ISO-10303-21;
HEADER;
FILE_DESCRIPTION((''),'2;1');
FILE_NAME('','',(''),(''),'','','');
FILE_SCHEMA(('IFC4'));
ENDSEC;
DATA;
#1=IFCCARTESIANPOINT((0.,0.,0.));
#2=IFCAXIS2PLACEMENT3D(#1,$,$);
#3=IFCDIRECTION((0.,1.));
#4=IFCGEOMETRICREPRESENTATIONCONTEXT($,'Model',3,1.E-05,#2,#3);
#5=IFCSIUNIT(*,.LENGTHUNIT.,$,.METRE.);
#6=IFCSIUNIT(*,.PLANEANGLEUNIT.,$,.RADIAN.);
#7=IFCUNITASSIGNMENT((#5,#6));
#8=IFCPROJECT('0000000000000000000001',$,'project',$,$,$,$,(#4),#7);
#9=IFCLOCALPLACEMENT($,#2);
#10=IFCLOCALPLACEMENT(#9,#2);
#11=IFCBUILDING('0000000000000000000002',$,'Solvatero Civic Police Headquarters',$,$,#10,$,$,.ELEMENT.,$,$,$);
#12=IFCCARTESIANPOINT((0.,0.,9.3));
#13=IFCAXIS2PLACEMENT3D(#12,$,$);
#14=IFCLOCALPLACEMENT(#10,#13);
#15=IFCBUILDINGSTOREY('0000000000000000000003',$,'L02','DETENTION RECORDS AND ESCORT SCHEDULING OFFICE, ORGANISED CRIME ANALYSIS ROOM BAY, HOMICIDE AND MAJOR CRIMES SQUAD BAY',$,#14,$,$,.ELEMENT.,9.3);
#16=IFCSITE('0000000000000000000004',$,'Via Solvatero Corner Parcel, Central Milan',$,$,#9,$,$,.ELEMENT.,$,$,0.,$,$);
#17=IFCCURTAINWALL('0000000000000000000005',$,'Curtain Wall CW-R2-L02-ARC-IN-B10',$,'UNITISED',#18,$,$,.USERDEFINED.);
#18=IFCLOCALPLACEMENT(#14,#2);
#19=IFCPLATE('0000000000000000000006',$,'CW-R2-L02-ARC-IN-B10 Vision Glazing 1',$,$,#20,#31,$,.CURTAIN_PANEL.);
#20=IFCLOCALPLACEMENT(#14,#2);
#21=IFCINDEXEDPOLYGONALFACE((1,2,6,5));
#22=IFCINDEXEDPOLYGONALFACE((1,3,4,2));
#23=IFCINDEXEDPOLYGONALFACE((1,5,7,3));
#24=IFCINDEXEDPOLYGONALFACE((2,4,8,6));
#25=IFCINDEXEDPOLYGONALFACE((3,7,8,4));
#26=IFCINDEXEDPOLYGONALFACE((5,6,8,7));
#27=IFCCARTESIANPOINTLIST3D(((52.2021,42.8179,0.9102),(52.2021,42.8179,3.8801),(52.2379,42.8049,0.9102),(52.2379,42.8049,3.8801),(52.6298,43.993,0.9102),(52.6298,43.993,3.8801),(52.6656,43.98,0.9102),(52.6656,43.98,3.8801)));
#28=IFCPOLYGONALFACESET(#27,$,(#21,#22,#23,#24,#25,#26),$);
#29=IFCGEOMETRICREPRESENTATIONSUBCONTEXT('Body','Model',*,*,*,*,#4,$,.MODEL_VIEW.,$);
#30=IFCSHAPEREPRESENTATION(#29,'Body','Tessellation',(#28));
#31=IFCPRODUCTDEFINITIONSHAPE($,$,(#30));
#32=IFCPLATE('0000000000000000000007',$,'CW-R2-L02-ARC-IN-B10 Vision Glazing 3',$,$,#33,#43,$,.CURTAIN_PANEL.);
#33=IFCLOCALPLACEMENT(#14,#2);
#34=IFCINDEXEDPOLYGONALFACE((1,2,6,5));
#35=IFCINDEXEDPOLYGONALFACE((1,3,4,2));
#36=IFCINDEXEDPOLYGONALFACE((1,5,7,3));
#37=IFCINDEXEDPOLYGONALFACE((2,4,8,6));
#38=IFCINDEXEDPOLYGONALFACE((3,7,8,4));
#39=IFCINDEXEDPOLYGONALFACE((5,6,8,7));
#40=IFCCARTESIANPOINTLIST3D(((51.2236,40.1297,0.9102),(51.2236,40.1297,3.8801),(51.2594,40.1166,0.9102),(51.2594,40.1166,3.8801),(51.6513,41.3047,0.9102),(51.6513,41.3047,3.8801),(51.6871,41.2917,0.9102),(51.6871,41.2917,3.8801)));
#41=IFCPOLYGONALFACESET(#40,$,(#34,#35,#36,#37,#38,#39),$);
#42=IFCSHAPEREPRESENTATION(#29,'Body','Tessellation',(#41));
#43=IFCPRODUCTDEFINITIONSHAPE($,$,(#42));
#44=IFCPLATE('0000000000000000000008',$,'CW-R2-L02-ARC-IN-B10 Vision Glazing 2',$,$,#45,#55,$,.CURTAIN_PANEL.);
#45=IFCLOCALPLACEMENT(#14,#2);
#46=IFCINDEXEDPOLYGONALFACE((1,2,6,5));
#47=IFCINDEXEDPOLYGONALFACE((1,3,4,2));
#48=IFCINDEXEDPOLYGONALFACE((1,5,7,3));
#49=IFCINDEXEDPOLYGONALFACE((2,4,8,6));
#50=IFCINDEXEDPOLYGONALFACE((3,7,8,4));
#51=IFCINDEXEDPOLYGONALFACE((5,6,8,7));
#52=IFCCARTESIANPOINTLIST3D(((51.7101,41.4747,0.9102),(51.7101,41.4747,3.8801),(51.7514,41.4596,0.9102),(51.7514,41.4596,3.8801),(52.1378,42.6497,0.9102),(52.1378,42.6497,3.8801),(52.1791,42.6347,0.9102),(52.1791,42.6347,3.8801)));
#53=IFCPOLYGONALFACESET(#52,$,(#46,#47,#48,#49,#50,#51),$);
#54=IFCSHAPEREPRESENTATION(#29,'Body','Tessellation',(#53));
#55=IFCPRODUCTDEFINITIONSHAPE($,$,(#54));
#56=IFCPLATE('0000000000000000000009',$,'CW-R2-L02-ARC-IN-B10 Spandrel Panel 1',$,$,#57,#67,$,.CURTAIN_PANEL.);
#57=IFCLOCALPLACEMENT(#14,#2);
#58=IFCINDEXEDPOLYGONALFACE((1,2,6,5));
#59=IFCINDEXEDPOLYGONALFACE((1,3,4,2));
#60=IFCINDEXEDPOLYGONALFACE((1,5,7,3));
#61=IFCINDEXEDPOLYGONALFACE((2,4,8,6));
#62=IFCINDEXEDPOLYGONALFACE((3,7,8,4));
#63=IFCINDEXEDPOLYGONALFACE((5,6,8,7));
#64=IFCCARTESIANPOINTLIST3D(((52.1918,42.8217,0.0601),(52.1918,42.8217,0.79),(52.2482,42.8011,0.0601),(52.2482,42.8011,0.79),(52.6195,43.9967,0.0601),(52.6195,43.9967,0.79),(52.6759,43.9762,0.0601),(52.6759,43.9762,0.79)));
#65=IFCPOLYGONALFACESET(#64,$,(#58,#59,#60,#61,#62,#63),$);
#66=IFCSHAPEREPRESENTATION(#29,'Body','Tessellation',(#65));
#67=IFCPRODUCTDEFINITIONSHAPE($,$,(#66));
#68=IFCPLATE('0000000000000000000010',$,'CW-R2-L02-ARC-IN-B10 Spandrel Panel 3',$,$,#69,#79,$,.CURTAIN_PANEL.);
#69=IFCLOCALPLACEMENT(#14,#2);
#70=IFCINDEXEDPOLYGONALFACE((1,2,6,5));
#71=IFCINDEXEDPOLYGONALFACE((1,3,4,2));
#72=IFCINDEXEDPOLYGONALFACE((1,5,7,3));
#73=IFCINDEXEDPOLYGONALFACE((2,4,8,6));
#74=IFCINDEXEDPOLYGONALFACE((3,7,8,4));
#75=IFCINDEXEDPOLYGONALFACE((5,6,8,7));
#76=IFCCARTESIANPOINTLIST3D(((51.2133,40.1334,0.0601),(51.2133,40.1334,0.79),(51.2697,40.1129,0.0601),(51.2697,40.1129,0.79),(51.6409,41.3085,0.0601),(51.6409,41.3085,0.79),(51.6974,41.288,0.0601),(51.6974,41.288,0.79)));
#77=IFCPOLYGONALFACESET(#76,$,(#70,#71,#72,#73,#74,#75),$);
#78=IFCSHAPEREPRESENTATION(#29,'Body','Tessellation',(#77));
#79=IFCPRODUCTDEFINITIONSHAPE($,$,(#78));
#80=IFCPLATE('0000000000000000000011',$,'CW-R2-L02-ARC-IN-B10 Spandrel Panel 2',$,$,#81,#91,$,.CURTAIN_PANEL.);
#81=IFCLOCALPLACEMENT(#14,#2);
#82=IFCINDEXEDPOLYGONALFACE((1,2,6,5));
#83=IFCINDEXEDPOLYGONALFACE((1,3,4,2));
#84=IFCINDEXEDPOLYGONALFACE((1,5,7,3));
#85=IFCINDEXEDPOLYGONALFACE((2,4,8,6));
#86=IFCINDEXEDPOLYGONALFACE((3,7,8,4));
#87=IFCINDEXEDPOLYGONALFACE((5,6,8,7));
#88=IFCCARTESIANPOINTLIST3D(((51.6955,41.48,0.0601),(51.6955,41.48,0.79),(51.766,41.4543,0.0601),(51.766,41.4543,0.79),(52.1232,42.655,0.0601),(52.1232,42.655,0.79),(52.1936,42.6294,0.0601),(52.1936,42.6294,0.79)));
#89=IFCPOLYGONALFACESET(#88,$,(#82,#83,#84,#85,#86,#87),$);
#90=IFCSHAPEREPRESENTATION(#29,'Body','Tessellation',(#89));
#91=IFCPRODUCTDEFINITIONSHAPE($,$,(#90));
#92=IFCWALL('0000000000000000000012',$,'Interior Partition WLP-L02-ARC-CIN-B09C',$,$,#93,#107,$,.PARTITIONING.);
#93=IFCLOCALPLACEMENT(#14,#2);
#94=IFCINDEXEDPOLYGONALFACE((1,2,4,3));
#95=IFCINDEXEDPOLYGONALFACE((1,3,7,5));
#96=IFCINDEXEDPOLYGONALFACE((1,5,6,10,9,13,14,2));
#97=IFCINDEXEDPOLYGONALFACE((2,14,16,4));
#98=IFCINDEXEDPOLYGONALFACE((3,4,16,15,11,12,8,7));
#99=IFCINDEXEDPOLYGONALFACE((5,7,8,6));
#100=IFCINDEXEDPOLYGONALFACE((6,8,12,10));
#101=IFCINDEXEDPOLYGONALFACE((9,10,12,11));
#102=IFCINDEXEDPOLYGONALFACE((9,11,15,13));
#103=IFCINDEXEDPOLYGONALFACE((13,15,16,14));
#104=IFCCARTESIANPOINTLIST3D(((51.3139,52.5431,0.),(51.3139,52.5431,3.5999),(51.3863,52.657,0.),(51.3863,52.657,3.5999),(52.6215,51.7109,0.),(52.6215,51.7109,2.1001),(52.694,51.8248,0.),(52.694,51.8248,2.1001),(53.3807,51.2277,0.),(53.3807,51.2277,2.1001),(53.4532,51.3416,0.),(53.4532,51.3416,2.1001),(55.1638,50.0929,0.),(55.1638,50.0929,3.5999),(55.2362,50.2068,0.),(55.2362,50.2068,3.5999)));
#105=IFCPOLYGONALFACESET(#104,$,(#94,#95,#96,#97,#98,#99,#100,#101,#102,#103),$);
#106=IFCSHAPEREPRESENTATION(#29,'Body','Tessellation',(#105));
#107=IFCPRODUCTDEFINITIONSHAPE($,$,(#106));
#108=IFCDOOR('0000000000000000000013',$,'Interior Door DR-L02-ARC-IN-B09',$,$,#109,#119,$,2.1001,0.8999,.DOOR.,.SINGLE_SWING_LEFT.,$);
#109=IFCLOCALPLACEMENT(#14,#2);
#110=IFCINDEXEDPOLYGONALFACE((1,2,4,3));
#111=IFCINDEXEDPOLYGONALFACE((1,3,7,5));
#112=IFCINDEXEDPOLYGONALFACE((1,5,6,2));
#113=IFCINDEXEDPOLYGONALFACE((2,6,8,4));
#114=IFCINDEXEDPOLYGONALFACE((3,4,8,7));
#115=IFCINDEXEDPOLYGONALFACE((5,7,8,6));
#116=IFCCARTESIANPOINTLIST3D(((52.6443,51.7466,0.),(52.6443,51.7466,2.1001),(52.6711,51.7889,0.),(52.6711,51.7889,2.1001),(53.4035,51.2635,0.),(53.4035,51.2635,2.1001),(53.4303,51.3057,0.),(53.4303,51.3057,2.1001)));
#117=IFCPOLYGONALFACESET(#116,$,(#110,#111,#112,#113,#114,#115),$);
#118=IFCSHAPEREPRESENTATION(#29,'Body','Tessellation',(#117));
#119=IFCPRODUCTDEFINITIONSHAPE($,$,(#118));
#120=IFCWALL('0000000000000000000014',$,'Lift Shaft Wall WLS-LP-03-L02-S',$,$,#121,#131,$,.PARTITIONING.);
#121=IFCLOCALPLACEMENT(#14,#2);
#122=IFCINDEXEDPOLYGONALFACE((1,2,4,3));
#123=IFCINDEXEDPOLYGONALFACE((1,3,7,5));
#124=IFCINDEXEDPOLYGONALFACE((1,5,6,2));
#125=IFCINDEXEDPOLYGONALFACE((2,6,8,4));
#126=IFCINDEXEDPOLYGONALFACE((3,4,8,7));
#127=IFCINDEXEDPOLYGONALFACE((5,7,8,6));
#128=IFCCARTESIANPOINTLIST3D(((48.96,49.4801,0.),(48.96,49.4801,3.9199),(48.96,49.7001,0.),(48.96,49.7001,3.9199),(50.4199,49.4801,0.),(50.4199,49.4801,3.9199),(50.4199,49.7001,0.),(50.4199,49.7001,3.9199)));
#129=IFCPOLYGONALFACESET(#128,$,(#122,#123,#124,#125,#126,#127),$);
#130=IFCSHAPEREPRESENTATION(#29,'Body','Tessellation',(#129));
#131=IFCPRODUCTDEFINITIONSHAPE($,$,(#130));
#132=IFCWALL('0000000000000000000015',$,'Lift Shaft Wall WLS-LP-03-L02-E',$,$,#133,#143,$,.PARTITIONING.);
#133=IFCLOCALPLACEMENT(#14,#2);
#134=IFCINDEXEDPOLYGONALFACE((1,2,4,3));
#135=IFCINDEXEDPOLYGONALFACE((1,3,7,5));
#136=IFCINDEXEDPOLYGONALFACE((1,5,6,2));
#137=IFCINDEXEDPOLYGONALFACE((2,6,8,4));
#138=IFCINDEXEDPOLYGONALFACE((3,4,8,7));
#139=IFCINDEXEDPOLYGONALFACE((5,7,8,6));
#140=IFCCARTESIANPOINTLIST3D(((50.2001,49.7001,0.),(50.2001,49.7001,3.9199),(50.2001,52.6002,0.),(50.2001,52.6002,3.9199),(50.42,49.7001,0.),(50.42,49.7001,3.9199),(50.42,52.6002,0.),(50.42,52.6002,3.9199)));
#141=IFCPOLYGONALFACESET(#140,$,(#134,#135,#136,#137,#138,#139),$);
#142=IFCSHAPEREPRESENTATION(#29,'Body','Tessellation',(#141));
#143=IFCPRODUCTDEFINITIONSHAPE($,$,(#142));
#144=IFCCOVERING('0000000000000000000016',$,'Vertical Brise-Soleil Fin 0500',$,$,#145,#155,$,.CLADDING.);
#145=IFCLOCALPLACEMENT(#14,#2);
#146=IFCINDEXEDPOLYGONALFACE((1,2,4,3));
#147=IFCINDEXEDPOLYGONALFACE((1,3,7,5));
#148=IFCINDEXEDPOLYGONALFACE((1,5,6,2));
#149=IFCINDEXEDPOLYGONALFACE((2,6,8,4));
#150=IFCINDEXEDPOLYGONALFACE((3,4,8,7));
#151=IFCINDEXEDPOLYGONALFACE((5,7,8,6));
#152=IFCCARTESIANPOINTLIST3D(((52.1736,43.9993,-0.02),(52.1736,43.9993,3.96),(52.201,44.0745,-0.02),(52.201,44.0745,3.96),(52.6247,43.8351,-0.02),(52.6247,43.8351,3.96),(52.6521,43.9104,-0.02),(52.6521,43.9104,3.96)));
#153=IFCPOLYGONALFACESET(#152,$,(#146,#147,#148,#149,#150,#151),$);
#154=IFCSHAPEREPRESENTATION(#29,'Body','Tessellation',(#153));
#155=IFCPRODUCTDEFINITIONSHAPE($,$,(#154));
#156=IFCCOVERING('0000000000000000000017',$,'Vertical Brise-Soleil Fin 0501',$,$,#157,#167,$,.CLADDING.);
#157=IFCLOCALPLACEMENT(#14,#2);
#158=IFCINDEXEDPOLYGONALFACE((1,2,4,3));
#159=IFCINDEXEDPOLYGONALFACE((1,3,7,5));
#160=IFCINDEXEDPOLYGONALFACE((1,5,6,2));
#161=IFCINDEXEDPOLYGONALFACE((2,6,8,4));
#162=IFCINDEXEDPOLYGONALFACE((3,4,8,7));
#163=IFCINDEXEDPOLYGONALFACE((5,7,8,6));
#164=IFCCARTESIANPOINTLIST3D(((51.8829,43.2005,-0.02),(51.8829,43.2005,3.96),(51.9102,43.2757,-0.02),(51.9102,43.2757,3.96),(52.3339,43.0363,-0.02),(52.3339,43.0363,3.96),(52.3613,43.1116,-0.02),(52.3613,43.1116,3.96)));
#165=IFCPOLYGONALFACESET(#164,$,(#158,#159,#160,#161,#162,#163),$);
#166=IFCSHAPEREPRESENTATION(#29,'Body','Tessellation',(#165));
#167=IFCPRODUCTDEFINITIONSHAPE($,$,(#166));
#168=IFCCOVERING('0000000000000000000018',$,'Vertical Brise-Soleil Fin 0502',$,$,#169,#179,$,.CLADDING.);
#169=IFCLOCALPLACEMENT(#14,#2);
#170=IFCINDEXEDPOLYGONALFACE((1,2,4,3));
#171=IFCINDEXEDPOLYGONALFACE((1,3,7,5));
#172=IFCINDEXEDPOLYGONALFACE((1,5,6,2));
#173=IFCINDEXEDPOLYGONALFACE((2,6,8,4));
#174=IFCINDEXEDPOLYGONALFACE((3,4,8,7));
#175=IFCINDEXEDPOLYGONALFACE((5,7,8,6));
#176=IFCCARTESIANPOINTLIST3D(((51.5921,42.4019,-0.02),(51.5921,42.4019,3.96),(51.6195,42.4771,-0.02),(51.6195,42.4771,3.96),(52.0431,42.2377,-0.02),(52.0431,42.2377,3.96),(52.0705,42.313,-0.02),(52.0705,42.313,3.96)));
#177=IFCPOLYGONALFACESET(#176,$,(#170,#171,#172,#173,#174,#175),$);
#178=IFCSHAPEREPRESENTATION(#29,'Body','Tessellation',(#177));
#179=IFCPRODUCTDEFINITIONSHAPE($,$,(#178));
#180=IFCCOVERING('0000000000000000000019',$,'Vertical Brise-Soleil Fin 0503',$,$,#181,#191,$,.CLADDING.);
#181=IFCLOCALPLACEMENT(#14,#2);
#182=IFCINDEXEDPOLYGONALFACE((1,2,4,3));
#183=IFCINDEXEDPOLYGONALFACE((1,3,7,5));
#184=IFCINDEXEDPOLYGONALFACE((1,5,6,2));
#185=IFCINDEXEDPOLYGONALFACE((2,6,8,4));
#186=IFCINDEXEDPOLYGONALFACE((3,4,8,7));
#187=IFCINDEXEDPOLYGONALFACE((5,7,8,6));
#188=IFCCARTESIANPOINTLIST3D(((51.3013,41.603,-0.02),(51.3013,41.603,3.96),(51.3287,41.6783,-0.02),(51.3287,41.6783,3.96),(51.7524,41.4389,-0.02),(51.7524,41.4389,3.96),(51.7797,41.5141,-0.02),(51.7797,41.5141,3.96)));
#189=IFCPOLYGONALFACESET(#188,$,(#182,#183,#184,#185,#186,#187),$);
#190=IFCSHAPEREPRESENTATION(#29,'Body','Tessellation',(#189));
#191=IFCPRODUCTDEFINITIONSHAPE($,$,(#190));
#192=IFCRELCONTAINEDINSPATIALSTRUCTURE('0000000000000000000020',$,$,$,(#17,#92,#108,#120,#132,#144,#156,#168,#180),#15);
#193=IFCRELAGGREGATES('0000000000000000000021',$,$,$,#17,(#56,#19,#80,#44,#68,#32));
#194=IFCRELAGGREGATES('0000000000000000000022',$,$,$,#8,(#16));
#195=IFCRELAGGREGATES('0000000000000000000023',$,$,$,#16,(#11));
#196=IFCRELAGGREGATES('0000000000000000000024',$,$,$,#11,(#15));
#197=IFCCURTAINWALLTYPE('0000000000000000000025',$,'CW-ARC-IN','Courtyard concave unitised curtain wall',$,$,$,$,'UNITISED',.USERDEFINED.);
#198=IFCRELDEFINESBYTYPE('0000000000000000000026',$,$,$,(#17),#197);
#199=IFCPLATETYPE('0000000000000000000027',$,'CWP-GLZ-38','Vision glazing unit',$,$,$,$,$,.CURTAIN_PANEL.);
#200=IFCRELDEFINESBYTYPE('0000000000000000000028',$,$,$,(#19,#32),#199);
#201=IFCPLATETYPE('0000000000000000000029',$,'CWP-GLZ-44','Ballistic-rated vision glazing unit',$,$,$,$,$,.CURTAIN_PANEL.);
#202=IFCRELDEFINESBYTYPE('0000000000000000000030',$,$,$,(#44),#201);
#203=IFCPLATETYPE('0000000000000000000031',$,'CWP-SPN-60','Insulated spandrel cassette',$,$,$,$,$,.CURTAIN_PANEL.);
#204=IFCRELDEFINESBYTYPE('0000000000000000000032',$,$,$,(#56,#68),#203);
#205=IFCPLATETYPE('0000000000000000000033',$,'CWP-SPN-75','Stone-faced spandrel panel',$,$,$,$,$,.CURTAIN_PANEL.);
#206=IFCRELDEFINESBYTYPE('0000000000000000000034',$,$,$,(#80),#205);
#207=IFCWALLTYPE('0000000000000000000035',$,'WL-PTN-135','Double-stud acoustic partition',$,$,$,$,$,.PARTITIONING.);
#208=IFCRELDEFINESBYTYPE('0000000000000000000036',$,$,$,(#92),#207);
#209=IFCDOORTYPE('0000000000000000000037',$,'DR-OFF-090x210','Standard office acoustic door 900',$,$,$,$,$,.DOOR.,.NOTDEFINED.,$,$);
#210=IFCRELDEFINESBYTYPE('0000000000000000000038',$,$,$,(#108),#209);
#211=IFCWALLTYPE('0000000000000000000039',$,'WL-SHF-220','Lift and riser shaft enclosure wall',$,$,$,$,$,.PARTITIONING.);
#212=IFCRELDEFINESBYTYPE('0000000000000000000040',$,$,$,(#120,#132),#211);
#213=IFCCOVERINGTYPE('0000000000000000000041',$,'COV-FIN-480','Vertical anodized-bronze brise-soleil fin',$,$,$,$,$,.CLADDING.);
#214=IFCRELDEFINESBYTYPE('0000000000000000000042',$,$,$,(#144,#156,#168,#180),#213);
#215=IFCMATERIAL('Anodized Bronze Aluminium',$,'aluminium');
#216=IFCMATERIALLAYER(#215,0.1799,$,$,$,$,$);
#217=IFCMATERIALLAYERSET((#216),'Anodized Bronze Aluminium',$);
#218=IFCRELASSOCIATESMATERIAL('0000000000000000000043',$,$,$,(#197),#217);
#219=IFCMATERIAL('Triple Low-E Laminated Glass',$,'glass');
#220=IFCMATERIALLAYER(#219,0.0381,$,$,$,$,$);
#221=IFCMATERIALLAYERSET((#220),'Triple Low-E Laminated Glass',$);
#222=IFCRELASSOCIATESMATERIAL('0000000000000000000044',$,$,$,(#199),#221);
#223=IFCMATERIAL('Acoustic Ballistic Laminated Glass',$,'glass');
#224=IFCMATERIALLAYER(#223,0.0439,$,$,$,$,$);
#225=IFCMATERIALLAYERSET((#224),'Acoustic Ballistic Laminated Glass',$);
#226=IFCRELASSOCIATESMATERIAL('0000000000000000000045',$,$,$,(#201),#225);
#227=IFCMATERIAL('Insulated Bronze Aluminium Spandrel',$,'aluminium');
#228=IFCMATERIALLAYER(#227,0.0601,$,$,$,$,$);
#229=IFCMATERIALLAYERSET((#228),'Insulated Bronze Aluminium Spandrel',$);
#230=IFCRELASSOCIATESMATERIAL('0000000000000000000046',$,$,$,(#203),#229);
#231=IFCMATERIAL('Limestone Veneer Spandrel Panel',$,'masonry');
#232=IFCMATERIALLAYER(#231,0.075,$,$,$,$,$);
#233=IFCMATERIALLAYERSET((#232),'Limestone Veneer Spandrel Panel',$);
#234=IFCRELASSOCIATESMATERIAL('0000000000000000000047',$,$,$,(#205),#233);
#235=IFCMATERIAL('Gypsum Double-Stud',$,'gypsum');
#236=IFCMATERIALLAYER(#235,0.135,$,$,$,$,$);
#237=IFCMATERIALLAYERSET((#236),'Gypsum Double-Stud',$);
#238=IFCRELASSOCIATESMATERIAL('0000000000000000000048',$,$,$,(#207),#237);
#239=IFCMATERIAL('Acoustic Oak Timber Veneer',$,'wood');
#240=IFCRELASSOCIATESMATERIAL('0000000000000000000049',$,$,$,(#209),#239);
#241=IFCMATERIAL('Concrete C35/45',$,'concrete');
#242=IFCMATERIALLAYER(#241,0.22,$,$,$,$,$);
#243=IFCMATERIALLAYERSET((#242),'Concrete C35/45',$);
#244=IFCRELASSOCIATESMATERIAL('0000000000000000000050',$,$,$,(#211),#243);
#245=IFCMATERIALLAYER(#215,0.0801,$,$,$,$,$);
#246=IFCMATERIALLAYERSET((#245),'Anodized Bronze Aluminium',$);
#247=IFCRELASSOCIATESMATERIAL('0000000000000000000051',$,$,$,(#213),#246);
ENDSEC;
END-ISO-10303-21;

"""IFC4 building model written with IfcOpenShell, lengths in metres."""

from ifc_helpers import new_model, si_unit, direction, frame, frame_2d, origin, origin_2d, place, context, subcontext, project, spatial, rectangle, extrude, material, layer, layer_set, type_object, element, fill, aggregate, save


model = new_model("IFC4")

# Units and contexts
model_context = context("Model", 3, precision=1e-05, world=origin(), true_north=direction((0.0, 1.0)))
body_context = subcontext(model_context, "Body", "Model", "MODEL_VIEW")
ifc_project = project(units=[si_unit("LENGTHUNIT", "METRE"), si_unit("PLANEANGLEUNIT", "RADIAN")], contexts=[model_context])

# Site, building, storey
site_placement = place(None, origin())
site = spatial("IfcSite", under=ifc_project, at=site_placement, Name="Via Solvatero Corner Parcel, Central Milan", CompositionType="ELEMENT", RefElevation=0.0)
building_placement = place(site_placement, origin())
building = spatial("IfcBuilding", under=site, at=building_placement, Name="Solvatero Civic Police Headquarters", CompositionType="ELEMENT")
storey_placement = place(building_placement, frame((0.0, 0.0, 9.3)))
storey = spatial("IfcBuildingStorey", under=building, at=storey_placement, Name="L02", Description="DETENTION RECORDS AND ESCORT SCHEDULING OFFICE, ORGANISED CRIME ANALYSIS ROOM BAY, HOMICIDE AND MAJOR CRIMES SQUAD BAY", CompositionType="ELEMENT", Elevation=9.3)

# Curtain wall, plates
ifc_material_1 = material(Name="Anodized Bronze Aluminium", Category="aluminium")
ifc_layer_1 = layer(ifc_material_1, 0.1799)
ifc_layer_set_1 = layer_set([ifc_layer_1], Name="Anodized Bronze Aluminium")
curtain_wall_type = type_object("IfcCurtainWallType", Name="CW-ARC-IN", Description="Courtyard concave unitised curtain wall", ElementType="UNITISED", PredefinedType="USERDEFINED", material=ifc_layer_set_1)
curtain_wall_placement = place(storey_placement, origin())
curtain_wall = element("IfcCurtainWall", 1, at=curtain_wall_placement, inside=storey, type_object=curtain_wall_type, Name="Curtain Wall CW-R2-L02-ARC-IN-B10", ObjectType="UNITISED", PredefinedType="USERDEFINED")
ifc_material_2 = material(Name="Triple Low-E Laminated Glass", Category="glass")
ifc_layer_2 = layer(ifc_material_2, 0.0381)
ifc_layer_set_2 = layer_set([ifc_layer_2], Name="Triple Low-E Laminated Glass")
plate_type_1 = type_object("IfcPlateType", Name="CWP-GLZ-38", Description="Vision glazing unit", PredefinedType="CURTAIN_PANEL", material=ifc_layer_set_2)
plate_1_placement = place(storey_placement, frame((52.4338, 43.3989, 0.9102), z_axis=(0.0, 0.0, 1.0), x_axis=(-0.342004, -0.939699, 0.0)))
plate_1 = element("IfcPlate", 2, at=plate_1_placement, type_object=plate_type_1, Name="CW-R2-L02-ARC-IN-B10 Vision Glazing 1", PredefinedType="CURTAIN_PANEL", context=body_context, shape_type="SweptSolid", body=[
    extrude(rectangle(XDim=1.2505, YDim=0.0381, at=origin_2d()), origin(), (0.0, 0.0, 1.0), 2.97),
])
plate_2_placement = place(storey_placement, frame((51.4553, 40.7107, 0.9102), z_axis=(0.0, 0.0, 1.0), x_axis=(-0.342004, -0.939699, 0.0)))
plate_2 = element("IfcPlate", 3, at=plate_2_placement, type_object=plate_type_1, Name="CW-R2-L02-ARC-IN-B10 Vision Glazing 3", PredefinedType="CURTAIN_PANEL", context=body_context, shape_type="SweptSolid", body=[
    extrude(rectangle(XDim=1.2505, YDim=0.0381, at=origin_2d()), origin(), (0.0, 0.0, 1.0), 2.97),
])
ifc_material_3 = material(Name="Acoustic Ballistic Laminated Glass", Category="glass")
ifc_layer_3 = layer(ifc_material_3, 0.0439)
ifc_layer_set_3 = layer_set([ifc_layer_3], Name="Acoustic Ballistic Laminated Glass")
plate_type_2 = type_object("IfcPlateType", Name="CWP-GLZ-44", Description="Ballistic-rated vision glazing unit", PredefinedType="CURTAIN_PANEL", material=ifc_layer_set_3)
plate_3_placement = place(storey_placement, frame((51.9446, 42.0547, 0.9102), z_axis=(0.0, 0.0, 1.0), x_axis=(-0.342004, -0.939699, 0.0)))
plate_3 = element("IfcPlate", 4, at=plate_3_placement, type_object=plate_type_2, Name="CW-R2-L02-ARC-IN-B10 Vision Glazing 2", PredefinedType="CURTAIN_PANEL", context=body_context, shape_type="SweptSolid", body=[
    extrude(rectangle(XDim=1.2505, YDim=0.0439, at=origin_2d()), origin(), (0.0, 0.0, 1.0), 2.97),
])
ifc_material_4 = material(Name="Insulated Bronze Aluminium Spandrel", Category="aluminium")
ifc_layer_4 = layer(ifc_material_4, 0.0601)
ifc_layer_set_4 = layer_set([ifc_layer_4], Name="Insulated Bronze Aluminium Spandrel")
plate_type_3 = type_object("IfcPlateType", Name="CWP-SPN-60", Description="Insulated spandrel cassette", PredefinedType="CURTAIN_PANEL", material=ifc_layer_set_4)
plate_4_placement = place(storey_placement, frame((52.4338, 43.3989, 0.0601), z_axis=(0.0, 0.0, 1.0), x_axis=(-0.342004, -0.939699, 0.0)))
plate_4 = element("IfcPlate", 5, at=plate_4_placement, type_object=plate_type_3, Name="CW-R2-L02-ARC-IN-B10 Spandrel Panel 1", PredefinedType="CURTAIN_PANEL", context=body_context, shape_type="SweptSolid", body=[
    extrude(rectangle(XDim=1.2505, YDim=0.0601, at=origin_2d()), origin(), (0.0, 0.0, 1.0), 0.73),
])
plate_5_placement = place(storey_placement, frame((51.4553, 40.7107, 0.0601), z_axis=(0.0, 0.0, 1.0), x_axis=(-0.342004, -0.939699, 0.0)))
plate_5 = element("IfcPlate", 6, at=plate_5_placement, type_object=plate_type_3, Name="CW-R2-L02-ARC-IN-B10 Spandrel Panel 3", PredefinedType="CURTAIN_PANEL", context=body_context, shape_type="SweptSolid", body=[
    extrude(rectangle(XDim=1.2505, YDim=0.0601, at=origin_2d()), origin(), (0.0, 0.0, 1.0), 0.73),
])
ifc_material_5 = material(Name="Limestone Veneer Spandrel Panel", Category="masonry")
ifc_layer_5 = layer(ifc_material_5, 0.075)
ifc_layer_set_5 = layer_set([ifc_layer_5], Name="Limestone Veneer Spandrel Panel")
plate_type_4 = type_object("IfcPlateType", Name="CWP-SPN-75", Description="Stone-faced spandrel panel", PredefinedType="CURTAIN_PANEL", material=ifc_layer_set_5)
plate_6_placement = place(storey_placement, frame((51.9446, 42.0547, 0.0601), z_axis=(0.0, 0.0, 1.0), x_axis=(-0.342004, -0.939699, 0.0)))
plate_6 = element("IfcPlate", 7, at=plate_6_placement, type_object=plate_type_4, Name="CW-R2-L02-ARC-IN-B10 Spandrel Panel 2", PredefinedType="CURTAIN_PANEL", context=body_context, shape_type="SweptSolid", body=[
    extrude(rectangle(XDim=1.2505, YDim=0.075, at=origin_2d()), origin(), (0.0, 0.0, 1.0), 0.73),
])
aggregate(curtain_wall, [plate_4, plate_1, plate_6, plate_3, plate_5, plate_2])

# Wall, opening, door
ifc_material_6 = material(Name="Gypsum Double-Stud", Category="gypsum")
ifc_layer_6 = layer(ifc_material_6, 0.135)
ifc_layer_set_6 = layer_set([ifc_layer_6], Name="Gypsum Double-Stud")
wall_type_1 = type_object("IfcWallType", Name="WL-PTN-135", Description="Double-stud acoustic partition", PredefinedType="PARTITIONING", material=ifc_layer_set_6)
wall_1_placement = place(storey_placement, frame((51.3501, 52.6001, 0.0), z_axis=(0.0, 0.0, 1.0), x_axis=(0.843633, -0.53692, 0.0)))
wall_1 = element("IfcWall", 8, at=wall_1_placement, inside=storey, type_object=wall_type_1, Name="Interior Partition WLP-L02-ARC-CIN-B09C", PredefinedType="PARTITIONING", context=body_context, shape_type="SweptSolid", body=[
    extrude(rectangle(XDim=4.5635, YDim=0.135, at=frame_2d((2.2817, 0.0))), origin(), (0.0, 0.0, 1.0), 3.5999),
])
opening_placement = place(wall_1_placement, frame((1.55, 0.0, 0.0)))
opening = element("IfcOpeningElement", 9, at=opening_placement, cuts=wall_1, PredefinedType="OPENING", context=body_context, shape_type="SweptSolid", body=[
    extrude(rectangle(XDim=0.8999, YDim=2.1001, at=frame_2d((0.45, 1.05))), frame((0.0, 0.0774, 0.0), z_axis=(0.0, -1.0, 0.0), x_axis=(1.0, 0.0, 0.0)), (0.0, 0.0, 1.0), 0.155),
])
ifc_material_7 = material(Name="Acoustic Oak Timber Veneer", Category="wood")
door_type = type_object("IfcDoorType", Name="DR-OFF-090x210", Description="Standard office acoustic door 900", OperationType="NOTDEFINED", PredefinedType="DOOR", material=ifc_material_7)
door_placement = place(opening_placement, origin())
door = element("IfcDoor", 10, at=door_placement, inside=storey, type_object=door_type, Name="Interior Door DR-L02-ARC-IN-B09", OperationType="SINGLE_SWING_LEFT", OverallHeight=2.1001, OverallWidth=0.8999, PredefinedType="DOOR", context=body_context, shape_type="SweptSolid", body=[
    extrude(rectangle(XDim=0.8999, YDim=2.1001, at=frame_2d((0.45, 1.05))), frame((0.0, 0.0249, 0.0), z_axis=(0.0, -1.0, 0.0), x_axis=(1.0, 0.0, 0.0)), (0.0, 0.0, 1.0), 0.05),
])
fill(opening, door)

# Walls
ifc_material_8 = material(Name="Concrete C35/45", Category="concrete")
ifc_layer_7 = layer(ifc_material_8, 0.22)
ifc_layer_set_7 = layer_set([ifc_layer_7], Name="Concrete C35/45")
wall_type_2 = type_object("IfcWallType", Name="WL-SHF-220", Description="Lift and riser shaft enclosure wall", PredefinedType="PARTITIONING", material=ifc_layer_set_7)
wall_2_placement = place(storey_placement, frame((48.96, 49.5901, 0.0), z_axis=(0.0, 0.0, 1.0), x_axis=(1.0, 0.0, 0.0)))
element("IfcWall", 11, at=wall_2_placement, inside=storey, type_object=wall_type_2, Name="Lift Shaft Wall WLS-LP-03-L02-S", PredefinedType="PARTITIONING", context=body_context, shape_type="SweptSolid", body=[
    extrude(rectangle(XDim=1.46, YDim=0.22, at=frame_2d((0.73, 0.0))), origin(), (0.0, 0.0, 1.0), 3.9199),
])
wall_3_placement = place(storey_placement, frame((50.3101, 49.7, 0.0), z_axis=(0.0, 0.0, 1.0), x_axis=(0.0, 1.0, 0.0)))
element("IfcWall", 12, at=wall_3_placement, inside=storey, type_object=wall_type_2, Name="Lift Shaft Wall WLS-LP-03-L02-E", PredefinedType="PARTITIONING", context=body_context, shape_type="SweptSolid", body=[
    extrude(rectangle(XDim=2.9001, YDim=0.22, at=frame_2d((1.4502, 0.0))), origin(), (0.0, 0.0, 1.0), 3.9199),
])

# Coverings
ifc_layer_8 = layer(ifc_material_1, 0.0801)
ifc_layer_set_8 = layer_set([ifc_layer_8], Name="Anodized Bronze Aluminium")
covering_type = type_object("IfcCoveringType", Name="COV-FIN-480", Description="Vertical anodized-bronze brise-soleil fin", PredefinedType="CLADDING", material=ifc_layer_set_8)
for number, where, z_axis, x_axis, name in (
    (13, (52.4128, 43.9548, -0.02), (0.0, 0.0, 1.0), (-0.342004, -0.939699, 0.0), "Vertical Brise-Soleil Fin 0500"),
    (14, (52.1221, 43.156, -0.02), (0.0, 0.0, 1.0), (-0.342004, -0.939699, 0.0), "Vertical Brise-Soleil Fin 0501"),
    (15, (51.8313, 42.3574, -0.02), (0.0, 0.0, 1.0), (-0.342004, -0.939699, 0.0), "Vertical Brise-Soleil Fin 0502"),
    (16, (51.5405, 41.5586, -0.02), (0.0, 0.0, 1.0), (-0.342004, -0.939699, 0.0), "Vertical Brise-Soleil Fin 0503"),
):
    element("IfcCovering", number, at=place(storey_placement, frame(where, z_axis=z_axis, x_axis=x_axis)), inside=storey, type_object=covering_type, Name=name, PredefinedType="CLADDING", context=body_context, shape_type="SweptSolid", body=[
        extrude(rectangle(XDim=0.0801, YDim=0.48, at=origin_2d()), origin(), (0.0, 0.0, 1.0), 3.98),
    ])

save(model, "model.ifc")
